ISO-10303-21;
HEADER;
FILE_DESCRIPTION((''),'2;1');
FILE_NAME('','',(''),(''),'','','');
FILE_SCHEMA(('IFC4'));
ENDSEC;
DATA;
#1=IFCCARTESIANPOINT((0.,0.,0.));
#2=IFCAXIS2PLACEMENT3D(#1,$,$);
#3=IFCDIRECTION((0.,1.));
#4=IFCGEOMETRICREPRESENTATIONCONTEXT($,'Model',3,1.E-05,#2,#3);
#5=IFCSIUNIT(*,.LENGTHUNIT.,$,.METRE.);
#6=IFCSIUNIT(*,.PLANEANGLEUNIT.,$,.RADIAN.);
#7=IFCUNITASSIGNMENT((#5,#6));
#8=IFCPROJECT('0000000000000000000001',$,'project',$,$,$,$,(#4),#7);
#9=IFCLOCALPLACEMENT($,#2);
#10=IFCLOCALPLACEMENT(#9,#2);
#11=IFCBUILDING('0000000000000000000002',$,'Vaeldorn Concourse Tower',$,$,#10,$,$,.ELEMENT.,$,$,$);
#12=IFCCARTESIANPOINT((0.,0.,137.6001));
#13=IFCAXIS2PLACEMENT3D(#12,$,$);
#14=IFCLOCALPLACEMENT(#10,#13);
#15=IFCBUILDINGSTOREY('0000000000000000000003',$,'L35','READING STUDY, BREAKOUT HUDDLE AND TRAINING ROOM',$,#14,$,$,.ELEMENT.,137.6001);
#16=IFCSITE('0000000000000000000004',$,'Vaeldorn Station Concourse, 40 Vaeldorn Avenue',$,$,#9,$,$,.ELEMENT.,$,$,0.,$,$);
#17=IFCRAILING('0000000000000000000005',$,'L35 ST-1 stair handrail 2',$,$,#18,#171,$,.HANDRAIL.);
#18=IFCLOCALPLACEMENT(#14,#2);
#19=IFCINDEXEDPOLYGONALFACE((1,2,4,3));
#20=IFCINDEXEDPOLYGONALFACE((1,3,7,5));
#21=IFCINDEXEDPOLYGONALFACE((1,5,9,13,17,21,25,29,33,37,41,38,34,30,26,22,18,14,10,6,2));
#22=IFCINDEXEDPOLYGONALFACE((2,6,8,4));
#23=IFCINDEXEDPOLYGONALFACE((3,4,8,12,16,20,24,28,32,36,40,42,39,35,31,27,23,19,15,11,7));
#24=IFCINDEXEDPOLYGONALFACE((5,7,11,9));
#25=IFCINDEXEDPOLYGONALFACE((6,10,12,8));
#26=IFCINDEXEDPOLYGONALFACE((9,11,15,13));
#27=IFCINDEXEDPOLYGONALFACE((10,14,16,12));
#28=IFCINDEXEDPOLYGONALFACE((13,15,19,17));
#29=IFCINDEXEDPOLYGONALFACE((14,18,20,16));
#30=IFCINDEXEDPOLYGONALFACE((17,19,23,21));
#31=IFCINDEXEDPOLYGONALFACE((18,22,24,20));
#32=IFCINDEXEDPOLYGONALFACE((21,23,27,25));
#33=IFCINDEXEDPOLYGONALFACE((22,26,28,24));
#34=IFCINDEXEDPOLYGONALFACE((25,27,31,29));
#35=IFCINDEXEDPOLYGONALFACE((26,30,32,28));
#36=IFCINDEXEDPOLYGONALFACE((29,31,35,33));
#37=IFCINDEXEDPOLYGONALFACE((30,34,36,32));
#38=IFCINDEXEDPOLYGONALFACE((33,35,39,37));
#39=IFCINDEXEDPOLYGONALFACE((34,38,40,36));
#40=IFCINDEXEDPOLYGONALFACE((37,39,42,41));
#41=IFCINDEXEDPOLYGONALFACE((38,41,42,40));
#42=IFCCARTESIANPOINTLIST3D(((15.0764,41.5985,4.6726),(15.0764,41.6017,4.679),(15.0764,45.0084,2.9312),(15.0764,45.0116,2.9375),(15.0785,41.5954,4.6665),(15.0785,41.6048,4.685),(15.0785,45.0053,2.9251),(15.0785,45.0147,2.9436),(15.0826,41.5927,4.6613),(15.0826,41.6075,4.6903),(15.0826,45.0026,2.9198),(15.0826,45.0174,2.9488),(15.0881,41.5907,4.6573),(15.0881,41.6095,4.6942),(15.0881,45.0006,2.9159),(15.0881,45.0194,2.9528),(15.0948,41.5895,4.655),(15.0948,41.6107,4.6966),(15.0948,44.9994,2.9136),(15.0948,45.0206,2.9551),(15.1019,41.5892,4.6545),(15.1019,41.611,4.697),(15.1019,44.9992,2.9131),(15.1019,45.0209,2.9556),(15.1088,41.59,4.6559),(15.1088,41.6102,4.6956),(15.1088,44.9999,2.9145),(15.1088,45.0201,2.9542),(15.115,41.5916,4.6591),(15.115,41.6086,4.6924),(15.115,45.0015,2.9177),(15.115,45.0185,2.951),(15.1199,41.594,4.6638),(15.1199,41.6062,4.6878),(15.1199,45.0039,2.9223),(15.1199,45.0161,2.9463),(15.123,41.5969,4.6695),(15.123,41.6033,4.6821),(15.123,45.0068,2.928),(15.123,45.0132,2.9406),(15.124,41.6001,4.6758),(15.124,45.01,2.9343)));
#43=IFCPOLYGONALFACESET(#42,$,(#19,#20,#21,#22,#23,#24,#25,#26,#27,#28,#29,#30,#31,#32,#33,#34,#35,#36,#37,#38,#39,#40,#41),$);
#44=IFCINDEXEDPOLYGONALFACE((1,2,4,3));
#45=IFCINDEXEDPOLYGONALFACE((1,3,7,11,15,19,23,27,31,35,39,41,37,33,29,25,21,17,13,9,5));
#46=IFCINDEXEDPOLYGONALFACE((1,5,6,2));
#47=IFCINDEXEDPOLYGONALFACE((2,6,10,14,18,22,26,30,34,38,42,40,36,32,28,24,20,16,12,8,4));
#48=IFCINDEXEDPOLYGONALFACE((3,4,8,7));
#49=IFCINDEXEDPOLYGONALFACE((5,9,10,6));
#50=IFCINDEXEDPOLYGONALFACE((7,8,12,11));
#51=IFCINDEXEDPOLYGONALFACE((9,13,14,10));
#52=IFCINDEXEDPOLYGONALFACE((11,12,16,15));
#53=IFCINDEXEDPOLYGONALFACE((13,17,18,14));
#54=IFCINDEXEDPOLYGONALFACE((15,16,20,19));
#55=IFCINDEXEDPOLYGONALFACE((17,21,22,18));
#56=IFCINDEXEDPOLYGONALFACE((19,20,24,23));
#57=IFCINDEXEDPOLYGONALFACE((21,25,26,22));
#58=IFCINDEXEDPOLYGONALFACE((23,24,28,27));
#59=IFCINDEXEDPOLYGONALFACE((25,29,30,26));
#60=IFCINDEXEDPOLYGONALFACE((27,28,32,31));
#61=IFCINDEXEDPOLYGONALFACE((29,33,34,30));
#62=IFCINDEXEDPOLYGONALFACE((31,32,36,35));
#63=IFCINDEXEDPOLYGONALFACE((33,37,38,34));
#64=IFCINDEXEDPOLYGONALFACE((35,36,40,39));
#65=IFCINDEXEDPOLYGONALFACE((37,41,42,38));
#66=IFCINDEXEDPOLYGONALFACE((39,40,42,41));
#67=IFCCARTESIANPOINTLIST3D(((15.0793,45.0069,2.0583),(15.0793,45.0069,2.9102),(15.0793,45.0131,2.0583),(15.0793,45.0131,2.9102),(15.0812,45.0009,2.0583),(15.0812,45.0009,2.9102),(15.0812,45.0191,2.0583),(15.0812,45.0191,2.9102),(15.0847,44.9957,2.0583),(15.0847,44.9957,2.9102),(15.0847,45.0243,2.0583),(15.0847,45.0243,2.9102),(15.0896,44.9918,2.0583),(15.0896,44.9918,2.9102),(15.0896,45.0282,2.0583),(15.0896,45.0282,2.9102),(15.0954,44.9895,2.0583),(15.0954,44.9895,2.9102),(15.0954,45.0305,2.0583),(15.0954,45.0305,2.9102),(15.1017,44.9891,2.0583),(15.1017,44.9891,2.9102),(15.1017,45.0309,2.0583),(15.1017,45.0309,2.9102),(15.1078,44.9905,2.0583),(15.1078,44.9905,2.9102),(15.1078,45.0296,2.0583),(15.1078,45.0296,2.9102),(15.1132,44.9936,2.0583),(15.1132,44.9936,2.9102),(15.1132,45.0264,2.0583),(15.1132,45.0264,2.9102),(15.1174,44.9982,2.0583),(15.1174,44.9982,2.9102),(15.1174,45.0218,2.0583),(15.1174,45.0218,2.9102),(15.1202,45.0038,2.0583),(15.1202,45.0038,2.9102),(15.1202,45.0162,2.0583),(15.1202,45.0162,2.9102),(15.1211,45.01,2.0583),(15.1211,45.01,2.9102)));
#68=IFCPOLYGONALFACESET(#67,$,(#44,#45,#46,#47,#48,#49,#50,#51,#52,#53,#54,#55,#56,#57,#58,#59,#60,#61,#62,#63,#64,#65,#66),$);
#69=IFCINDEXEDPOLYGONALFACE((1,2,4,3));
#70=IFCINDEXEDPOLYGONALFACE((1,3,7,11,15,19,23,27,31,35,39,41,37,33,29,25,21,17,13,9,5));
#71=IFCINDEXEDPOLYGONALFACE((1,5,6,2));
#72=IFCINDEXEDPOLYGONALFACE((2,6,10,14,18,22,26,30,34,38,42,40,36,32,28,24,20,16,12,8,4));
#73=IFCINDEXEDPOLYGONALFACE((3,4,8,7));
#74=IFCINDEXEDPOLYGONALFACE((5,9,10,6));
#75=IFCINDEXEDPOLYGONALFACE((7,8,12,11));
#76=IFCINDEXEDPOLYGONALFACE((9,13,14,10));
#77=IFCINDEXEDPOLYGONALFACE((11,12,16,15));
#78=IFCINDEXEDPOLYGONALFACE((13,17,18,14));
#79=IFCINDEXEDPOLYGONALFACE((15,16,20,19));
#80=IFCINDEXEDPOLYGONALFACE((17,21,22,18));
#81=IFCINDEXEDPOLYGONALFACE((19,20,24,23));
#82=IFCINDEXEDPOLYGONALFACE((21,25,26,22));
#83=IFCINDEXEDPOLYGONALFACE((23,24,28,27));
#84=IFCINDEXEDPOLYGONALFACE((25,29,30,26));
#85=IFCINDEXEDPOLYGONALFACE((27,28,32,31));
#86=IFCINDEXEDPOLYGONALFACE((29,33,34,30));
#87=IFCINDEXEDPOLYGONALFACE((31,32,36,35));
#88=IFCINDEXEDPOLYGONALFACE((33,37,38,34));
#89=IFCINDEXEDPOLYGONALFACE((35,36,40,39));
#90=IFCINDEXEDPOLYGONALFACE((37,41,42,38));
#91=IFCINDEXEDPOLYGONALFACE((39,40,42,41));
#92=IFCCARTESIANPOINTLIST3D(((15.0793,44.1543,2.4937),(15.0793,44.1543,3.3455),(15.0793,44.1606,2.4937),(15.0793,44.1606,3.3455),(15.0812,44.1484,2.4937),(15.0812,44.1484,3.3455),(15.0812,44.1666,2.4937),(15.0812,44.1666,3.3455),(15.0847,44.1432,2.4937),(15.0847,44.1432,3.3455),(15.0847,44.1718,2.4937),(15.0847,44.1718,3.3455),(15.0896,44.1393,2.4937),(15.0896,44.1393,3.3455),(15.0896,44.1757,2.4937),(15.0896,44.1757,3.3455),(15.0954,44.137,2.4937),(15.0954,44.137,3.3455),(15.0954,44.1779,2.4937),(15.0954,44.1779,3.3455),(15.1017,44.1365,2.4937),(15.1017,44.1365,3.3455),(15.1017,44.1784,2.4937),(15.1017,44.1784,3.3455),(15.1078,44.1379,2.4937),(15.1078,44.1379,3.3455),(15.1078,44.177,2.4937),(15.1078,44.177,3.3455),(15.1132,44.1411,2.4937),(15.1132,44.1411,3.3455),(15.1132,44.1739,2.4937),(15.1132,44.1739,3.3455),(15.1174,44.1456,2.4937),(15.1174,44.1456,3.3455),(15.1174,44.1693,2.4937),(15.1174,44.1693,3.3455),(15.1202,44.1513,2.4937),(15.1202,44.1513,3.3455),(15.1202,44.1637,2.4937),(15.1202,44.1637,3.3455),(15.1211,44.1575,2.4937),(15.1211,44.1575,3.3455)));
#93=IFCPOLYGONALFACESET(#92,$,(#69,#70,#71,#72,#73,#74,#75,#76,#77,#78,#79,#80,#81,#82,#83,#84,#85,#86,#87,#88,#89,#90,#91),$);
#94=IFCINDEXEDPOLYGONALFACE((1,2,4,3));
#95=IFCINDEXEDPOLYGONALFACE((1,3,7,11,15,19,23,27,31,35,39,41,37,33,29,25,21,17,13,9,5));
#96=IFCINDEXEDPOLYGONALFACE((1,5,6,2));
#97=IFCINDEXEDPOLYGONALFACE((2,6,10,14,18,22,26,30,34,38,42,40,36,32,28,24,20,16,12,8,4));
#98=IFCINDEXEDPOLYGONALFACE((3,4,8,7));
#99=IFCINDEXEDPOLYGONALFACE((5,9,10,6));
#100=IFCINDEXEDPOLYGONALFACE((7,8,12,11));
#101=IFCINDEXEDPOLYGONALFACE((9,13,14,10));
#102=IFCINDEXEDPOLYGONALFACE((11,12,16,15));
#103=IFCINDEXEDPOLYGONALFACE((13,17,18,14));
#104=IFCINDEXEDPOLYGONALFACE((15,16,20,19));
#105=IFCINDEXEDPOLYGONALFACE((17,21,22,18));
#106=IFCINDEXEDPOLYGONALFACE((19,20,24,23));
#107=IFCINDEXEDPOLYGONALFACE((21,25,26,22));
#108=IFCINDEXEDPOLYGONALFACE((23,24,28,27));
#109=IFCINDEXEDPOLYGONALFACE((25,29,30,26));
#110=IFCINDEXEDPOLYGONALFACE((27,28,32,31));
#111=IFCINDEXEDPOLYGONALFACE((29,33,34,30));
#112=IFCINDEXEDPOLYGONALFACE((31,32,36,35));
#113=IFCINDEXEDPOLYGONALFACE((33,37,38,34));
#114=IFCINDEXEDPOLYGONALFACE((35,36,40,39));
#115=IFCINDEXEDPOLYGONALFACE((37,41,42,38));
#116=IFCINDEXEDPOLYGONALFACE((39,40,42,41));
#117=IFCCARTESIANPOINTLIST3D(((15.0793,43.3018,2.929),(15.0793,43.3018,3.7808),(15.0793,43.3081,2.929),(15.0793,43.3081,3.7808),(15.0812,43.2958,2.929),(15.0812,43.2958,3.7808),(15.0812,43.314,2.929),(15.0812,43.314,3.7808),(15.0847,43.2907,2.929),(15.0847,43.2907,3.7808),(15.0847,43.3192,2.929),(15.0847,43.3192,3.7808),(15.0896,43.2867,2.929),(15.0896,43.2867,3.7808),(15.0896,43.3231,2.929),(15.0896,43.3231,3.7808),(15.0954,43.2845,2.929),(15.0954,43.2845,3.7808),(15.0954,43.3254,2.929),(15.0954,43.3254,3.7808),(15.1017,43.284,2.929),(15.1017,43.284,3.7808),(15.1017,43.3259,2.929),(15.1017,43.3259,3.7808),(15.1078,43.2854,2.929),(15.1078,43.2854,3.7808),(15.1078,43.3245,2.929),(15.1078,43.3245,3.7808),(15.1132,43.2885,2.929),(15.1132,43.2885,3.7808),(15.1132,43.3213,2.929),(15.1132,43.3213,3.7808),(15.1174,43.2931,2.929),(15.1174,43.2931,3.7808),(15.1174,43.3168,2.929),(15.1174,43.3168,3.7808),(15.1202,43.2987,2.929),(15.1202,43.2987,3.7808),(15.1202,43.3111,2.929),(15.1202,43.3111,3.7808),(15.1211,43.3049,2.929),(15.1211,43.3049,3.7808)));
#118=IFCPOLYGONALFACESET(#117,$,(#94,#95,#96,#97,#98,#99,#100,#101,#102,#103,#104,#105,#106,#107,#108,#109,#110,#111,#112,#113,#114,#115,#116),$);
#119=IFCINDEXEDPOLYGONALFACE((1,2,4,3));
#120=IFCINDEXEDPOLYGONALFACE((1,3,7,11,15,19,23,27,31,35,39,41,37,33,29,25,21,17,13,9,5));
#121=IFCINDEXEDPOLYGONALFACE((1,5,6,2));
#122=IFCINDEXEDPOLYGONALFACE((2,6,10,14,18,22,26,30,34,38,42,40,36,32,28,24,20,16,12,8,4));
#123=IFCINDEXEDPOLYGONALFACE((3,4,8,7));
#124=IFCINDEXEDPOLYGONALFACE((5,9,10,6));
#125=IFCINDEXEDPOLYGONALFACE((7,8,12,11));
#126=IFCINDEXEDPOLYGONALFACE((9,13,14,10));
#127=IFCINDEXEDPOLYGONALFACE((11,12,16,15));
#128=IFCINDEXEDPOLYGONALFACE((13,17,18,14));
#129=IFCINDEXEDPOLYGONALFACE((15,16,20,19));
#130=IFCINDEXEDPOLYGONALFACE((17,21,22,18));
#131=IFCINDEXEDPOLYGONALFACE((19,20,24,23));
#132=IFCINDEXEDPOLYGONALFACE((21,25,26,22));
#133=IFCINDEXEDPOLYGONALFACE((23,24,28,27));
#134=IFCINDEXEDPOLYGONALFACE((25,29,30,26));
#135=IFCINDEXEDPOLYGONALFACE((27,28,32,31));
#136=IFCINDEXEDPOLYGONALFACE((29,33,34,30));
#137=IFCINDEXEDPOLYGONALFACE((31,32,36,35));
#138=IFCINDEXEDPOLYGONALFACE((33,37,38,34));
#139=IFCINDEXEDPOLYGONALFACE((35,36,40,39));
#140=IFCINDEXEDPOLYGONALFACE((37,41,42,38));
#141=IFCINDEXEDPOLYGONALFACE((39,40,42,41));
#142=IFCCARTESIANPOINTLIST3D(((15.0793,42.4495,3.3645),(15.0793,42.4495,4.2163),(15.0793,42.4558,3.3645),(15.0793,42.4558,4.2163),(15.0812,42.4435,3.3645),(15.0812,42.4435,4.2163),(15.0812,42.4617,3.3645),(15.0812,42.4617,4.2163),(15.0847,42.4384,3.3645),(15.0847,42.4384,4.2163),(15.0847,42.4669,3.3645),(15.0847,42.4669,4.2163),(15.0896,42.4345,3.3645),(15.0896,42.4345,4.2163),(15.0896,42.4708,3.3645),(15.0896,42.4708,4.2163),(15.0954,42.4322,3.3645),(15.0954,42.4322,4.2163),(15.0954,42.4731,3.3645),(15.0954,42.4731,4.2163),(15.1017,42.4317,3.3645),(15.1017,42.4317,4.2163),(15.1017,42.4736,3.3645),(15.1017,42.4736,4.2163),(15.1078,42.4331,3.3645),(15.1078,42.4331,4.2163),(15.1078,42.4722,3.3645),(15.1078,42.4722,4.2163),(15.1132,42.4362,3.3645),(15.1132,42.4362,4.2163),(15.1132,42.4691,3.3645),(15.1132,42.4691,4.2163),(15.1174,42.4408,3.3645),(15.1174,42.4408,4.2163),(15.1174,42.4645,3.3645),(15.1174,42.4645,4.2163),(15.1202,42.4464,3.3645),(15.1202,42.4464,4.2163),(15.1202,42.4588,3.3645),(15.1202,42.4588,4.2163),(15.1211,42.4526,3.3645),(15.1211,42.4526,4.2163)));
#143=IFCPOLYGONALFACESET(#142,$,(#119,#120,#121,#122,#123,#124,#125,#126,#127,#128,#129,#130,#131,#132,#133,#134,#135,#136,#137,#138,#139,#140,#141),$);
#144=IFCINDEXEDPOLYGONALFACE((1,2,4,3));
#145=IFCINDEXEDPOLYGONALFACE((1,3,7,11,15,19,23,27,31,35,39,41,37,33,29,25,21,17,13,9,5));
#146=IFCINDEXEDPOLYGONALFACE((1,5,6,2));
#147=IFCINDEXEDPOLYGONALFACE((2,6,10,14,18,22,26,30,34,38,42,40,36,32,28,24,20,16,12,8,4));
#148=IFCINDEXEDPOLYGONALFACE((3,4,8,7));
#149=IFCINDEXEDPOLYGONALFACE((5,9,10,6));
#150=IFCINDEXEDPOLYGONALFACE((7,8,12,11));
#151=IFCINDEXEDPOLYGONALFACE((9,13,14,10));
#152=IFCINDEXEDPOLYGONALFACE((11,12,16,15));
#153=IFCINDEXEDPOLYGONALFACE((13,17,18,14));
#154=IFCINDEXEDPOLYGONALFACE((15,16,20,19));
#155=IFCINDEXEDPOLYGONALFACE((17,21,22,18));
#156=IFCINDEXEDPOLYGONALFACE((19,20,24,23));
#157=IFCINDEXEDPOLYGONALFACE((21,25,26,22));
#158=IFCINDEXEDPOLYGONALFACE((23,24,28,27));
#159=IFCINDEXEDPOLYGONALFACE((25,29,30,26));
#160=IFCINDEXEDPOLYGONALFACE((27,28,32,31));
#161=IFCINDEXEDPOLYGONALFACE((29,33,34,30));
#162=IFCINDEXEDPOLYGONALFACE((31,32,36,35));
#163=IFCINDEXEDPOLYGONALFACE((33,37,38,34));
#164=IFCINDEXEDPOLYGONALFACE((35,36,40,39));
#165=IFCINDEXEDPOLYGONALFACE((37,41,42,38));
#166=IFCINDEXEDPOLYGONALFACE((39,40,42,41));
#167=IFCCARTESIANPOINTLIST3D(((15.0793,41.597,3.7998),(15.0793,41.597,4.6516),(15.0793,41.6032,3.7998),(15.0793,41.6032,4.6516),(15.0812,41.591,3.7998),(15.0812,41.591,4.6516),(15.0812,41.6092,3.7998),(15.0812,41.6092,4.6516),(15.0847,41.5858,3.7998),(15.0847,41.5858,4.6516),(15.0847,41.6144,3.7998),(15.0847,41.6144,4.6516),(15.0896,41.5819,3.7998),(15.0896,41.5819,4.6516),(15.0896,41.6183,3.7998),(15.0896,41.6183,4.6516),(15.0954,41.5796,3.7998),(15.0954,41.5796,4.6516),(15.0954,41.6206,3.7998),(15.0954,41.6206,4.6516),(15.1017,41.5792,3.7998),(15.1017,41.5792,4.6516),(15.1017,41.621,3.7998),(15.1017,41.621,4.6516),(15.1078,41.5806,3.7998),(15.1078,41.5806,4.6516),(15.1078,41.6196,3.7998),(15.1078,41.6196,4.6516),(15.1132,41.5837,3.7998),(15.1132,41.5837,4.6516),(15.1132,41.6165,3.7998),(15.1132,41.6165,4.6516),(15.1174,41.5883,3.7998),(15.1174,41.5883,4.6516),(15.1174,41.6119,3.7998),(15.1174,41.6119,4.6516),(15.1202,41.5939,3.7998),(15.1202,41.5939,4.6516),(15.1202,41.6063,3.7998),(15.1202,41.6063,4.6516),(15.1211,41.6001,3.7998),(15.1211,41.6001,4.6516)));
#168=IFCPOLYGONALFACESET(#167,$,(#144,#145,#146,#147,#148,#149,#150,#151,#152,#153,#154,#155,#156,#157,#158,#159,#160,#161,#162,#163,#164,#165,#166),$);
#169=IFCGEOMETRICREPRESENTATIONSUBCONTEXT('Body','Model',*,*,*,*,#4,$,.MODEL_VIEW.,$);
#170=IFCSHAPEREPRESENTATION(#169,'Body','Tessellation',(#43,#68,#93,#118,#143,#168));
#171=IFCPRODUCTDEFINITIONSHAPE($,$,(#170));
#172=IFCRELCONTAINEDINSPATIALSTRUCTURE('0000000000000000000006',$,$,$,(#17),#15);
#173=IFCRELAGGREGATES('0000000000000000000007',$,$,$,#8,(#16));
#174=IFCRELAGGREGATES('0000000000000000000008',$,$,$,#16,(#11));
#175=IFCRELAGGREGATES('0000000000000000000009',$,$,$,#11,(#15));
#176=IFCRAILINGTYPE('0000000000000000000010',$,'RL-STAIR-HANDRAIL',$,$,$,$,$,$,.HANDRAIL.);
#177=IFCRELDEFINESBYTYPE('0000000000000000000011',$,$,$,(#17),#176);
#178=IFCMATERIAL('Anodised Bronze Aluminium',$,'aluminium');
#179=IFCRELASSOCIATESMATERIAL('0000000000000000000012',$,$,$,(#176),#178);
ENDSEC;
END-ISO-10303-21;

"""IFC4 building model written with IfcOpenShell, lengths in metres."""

from ifc_helpers import new_model, si_unit, direction, frame, origin, origin_2d, place, context, subcontext, project, spatial, circle, extrude, material, type_object, element, save


model = new_model("IFC4")

# Units and contexts
model_context = context("Model", 3, precision=1e-05, world=origin(), true_north=direction((0.0, 1.0)))
body_context = subcontext(model_context, "Body", "Model", "MODEL_VIEW")
ifc_project = project(units=[si_unit("LENGTHUNIT", "METRE"), si_unit("PLANEANGLEUNIT", "RADIAN")], contexts=[model_context])

# Site, building, storey
site_placement = place(None, origin())
site = spatial("IfcSite", under=ifc_project, at=site_placement, Name="Vaeldorn Station Concourse, 40 Vaeldorn Avenue", CompositionType="ELEMENT", RefElevation=0.0)
building_placement = place(site_placement, origin())
building = spatial("IfcBuilding", under=site, at=building_placement, Name="Vaeldorn Concourse Tower", CompositionType="ELEMENT")
storey_placement = place(building_placement, frame((0.0, 0.0, 137.6001)))
storey = spatial("IfcBuildingStorey", under=building, at=storey_placement, Name="L35", Description="READING STUDY, BREAKOUT HUDDLE AND TRAINING ROOM", CompositionType="ELEMENT", Elevation=137.6001)

# Shared definitions
ifc_material_1 = material(Name="Anodised Bronze Aluminium", Category="aluminium")

# Railing
railing_type_1 = type_object("IfcRailingType", Name="RL-STAIR-HANDRAIL", PredefinedType="HANDRAIL", material=ifc_material_1)
railing_1_placement = place(storey_placement, frame((15.1001, 45.01, 2.0583)))
element("IfcRailing", 1, at=railing_1_placement, inside=storey, type_object=railing_type_1, Name="L35 ST-1 stair handrail 2", PredefinedType="HANDRAIL", context=body_context, shape_type="SweptSolid", body=[
    extrude(circle(Radius=0.0239, at=origin_2d()), frame((0.0, 0.0, 0.876), z_axis=(0.0, -0.890582, 0.454823), x_axis=(1.0, 0.0, 0.0)), (0.0, 0.0, 1.0), 3.8289),
    extrude(circle(Radius=0.021, at=origin_2d()), origin(), (0.0, 0.0, 1.0), 0.8518),
    extrude(circle(Radius=0.021, at=origin_2d()), frame((0.0, -0.8525, 0.4353)), (0.0, 0.0, 1.0), 0.8518),
    extrude(circle(Radius=0.021, at=origin_2d()), frame((0.0, -1.7051, 0.8706)), (0.0, 0.0, 1.0), 0.8518),
    extrude(circle(Radius=0.021, at=origin_2d()), frame((0.0, -2.5574, 1.3062)), (0.0, 0.0, 1.0), 0.8518),
    extrude(circle(Radius=0.021, at=origin_2d()), frame((0.0, -3.4099, 1.7415)), (0.0, 0.0, 1.0), 0.8518),
])

save(model, "model.ifc")
